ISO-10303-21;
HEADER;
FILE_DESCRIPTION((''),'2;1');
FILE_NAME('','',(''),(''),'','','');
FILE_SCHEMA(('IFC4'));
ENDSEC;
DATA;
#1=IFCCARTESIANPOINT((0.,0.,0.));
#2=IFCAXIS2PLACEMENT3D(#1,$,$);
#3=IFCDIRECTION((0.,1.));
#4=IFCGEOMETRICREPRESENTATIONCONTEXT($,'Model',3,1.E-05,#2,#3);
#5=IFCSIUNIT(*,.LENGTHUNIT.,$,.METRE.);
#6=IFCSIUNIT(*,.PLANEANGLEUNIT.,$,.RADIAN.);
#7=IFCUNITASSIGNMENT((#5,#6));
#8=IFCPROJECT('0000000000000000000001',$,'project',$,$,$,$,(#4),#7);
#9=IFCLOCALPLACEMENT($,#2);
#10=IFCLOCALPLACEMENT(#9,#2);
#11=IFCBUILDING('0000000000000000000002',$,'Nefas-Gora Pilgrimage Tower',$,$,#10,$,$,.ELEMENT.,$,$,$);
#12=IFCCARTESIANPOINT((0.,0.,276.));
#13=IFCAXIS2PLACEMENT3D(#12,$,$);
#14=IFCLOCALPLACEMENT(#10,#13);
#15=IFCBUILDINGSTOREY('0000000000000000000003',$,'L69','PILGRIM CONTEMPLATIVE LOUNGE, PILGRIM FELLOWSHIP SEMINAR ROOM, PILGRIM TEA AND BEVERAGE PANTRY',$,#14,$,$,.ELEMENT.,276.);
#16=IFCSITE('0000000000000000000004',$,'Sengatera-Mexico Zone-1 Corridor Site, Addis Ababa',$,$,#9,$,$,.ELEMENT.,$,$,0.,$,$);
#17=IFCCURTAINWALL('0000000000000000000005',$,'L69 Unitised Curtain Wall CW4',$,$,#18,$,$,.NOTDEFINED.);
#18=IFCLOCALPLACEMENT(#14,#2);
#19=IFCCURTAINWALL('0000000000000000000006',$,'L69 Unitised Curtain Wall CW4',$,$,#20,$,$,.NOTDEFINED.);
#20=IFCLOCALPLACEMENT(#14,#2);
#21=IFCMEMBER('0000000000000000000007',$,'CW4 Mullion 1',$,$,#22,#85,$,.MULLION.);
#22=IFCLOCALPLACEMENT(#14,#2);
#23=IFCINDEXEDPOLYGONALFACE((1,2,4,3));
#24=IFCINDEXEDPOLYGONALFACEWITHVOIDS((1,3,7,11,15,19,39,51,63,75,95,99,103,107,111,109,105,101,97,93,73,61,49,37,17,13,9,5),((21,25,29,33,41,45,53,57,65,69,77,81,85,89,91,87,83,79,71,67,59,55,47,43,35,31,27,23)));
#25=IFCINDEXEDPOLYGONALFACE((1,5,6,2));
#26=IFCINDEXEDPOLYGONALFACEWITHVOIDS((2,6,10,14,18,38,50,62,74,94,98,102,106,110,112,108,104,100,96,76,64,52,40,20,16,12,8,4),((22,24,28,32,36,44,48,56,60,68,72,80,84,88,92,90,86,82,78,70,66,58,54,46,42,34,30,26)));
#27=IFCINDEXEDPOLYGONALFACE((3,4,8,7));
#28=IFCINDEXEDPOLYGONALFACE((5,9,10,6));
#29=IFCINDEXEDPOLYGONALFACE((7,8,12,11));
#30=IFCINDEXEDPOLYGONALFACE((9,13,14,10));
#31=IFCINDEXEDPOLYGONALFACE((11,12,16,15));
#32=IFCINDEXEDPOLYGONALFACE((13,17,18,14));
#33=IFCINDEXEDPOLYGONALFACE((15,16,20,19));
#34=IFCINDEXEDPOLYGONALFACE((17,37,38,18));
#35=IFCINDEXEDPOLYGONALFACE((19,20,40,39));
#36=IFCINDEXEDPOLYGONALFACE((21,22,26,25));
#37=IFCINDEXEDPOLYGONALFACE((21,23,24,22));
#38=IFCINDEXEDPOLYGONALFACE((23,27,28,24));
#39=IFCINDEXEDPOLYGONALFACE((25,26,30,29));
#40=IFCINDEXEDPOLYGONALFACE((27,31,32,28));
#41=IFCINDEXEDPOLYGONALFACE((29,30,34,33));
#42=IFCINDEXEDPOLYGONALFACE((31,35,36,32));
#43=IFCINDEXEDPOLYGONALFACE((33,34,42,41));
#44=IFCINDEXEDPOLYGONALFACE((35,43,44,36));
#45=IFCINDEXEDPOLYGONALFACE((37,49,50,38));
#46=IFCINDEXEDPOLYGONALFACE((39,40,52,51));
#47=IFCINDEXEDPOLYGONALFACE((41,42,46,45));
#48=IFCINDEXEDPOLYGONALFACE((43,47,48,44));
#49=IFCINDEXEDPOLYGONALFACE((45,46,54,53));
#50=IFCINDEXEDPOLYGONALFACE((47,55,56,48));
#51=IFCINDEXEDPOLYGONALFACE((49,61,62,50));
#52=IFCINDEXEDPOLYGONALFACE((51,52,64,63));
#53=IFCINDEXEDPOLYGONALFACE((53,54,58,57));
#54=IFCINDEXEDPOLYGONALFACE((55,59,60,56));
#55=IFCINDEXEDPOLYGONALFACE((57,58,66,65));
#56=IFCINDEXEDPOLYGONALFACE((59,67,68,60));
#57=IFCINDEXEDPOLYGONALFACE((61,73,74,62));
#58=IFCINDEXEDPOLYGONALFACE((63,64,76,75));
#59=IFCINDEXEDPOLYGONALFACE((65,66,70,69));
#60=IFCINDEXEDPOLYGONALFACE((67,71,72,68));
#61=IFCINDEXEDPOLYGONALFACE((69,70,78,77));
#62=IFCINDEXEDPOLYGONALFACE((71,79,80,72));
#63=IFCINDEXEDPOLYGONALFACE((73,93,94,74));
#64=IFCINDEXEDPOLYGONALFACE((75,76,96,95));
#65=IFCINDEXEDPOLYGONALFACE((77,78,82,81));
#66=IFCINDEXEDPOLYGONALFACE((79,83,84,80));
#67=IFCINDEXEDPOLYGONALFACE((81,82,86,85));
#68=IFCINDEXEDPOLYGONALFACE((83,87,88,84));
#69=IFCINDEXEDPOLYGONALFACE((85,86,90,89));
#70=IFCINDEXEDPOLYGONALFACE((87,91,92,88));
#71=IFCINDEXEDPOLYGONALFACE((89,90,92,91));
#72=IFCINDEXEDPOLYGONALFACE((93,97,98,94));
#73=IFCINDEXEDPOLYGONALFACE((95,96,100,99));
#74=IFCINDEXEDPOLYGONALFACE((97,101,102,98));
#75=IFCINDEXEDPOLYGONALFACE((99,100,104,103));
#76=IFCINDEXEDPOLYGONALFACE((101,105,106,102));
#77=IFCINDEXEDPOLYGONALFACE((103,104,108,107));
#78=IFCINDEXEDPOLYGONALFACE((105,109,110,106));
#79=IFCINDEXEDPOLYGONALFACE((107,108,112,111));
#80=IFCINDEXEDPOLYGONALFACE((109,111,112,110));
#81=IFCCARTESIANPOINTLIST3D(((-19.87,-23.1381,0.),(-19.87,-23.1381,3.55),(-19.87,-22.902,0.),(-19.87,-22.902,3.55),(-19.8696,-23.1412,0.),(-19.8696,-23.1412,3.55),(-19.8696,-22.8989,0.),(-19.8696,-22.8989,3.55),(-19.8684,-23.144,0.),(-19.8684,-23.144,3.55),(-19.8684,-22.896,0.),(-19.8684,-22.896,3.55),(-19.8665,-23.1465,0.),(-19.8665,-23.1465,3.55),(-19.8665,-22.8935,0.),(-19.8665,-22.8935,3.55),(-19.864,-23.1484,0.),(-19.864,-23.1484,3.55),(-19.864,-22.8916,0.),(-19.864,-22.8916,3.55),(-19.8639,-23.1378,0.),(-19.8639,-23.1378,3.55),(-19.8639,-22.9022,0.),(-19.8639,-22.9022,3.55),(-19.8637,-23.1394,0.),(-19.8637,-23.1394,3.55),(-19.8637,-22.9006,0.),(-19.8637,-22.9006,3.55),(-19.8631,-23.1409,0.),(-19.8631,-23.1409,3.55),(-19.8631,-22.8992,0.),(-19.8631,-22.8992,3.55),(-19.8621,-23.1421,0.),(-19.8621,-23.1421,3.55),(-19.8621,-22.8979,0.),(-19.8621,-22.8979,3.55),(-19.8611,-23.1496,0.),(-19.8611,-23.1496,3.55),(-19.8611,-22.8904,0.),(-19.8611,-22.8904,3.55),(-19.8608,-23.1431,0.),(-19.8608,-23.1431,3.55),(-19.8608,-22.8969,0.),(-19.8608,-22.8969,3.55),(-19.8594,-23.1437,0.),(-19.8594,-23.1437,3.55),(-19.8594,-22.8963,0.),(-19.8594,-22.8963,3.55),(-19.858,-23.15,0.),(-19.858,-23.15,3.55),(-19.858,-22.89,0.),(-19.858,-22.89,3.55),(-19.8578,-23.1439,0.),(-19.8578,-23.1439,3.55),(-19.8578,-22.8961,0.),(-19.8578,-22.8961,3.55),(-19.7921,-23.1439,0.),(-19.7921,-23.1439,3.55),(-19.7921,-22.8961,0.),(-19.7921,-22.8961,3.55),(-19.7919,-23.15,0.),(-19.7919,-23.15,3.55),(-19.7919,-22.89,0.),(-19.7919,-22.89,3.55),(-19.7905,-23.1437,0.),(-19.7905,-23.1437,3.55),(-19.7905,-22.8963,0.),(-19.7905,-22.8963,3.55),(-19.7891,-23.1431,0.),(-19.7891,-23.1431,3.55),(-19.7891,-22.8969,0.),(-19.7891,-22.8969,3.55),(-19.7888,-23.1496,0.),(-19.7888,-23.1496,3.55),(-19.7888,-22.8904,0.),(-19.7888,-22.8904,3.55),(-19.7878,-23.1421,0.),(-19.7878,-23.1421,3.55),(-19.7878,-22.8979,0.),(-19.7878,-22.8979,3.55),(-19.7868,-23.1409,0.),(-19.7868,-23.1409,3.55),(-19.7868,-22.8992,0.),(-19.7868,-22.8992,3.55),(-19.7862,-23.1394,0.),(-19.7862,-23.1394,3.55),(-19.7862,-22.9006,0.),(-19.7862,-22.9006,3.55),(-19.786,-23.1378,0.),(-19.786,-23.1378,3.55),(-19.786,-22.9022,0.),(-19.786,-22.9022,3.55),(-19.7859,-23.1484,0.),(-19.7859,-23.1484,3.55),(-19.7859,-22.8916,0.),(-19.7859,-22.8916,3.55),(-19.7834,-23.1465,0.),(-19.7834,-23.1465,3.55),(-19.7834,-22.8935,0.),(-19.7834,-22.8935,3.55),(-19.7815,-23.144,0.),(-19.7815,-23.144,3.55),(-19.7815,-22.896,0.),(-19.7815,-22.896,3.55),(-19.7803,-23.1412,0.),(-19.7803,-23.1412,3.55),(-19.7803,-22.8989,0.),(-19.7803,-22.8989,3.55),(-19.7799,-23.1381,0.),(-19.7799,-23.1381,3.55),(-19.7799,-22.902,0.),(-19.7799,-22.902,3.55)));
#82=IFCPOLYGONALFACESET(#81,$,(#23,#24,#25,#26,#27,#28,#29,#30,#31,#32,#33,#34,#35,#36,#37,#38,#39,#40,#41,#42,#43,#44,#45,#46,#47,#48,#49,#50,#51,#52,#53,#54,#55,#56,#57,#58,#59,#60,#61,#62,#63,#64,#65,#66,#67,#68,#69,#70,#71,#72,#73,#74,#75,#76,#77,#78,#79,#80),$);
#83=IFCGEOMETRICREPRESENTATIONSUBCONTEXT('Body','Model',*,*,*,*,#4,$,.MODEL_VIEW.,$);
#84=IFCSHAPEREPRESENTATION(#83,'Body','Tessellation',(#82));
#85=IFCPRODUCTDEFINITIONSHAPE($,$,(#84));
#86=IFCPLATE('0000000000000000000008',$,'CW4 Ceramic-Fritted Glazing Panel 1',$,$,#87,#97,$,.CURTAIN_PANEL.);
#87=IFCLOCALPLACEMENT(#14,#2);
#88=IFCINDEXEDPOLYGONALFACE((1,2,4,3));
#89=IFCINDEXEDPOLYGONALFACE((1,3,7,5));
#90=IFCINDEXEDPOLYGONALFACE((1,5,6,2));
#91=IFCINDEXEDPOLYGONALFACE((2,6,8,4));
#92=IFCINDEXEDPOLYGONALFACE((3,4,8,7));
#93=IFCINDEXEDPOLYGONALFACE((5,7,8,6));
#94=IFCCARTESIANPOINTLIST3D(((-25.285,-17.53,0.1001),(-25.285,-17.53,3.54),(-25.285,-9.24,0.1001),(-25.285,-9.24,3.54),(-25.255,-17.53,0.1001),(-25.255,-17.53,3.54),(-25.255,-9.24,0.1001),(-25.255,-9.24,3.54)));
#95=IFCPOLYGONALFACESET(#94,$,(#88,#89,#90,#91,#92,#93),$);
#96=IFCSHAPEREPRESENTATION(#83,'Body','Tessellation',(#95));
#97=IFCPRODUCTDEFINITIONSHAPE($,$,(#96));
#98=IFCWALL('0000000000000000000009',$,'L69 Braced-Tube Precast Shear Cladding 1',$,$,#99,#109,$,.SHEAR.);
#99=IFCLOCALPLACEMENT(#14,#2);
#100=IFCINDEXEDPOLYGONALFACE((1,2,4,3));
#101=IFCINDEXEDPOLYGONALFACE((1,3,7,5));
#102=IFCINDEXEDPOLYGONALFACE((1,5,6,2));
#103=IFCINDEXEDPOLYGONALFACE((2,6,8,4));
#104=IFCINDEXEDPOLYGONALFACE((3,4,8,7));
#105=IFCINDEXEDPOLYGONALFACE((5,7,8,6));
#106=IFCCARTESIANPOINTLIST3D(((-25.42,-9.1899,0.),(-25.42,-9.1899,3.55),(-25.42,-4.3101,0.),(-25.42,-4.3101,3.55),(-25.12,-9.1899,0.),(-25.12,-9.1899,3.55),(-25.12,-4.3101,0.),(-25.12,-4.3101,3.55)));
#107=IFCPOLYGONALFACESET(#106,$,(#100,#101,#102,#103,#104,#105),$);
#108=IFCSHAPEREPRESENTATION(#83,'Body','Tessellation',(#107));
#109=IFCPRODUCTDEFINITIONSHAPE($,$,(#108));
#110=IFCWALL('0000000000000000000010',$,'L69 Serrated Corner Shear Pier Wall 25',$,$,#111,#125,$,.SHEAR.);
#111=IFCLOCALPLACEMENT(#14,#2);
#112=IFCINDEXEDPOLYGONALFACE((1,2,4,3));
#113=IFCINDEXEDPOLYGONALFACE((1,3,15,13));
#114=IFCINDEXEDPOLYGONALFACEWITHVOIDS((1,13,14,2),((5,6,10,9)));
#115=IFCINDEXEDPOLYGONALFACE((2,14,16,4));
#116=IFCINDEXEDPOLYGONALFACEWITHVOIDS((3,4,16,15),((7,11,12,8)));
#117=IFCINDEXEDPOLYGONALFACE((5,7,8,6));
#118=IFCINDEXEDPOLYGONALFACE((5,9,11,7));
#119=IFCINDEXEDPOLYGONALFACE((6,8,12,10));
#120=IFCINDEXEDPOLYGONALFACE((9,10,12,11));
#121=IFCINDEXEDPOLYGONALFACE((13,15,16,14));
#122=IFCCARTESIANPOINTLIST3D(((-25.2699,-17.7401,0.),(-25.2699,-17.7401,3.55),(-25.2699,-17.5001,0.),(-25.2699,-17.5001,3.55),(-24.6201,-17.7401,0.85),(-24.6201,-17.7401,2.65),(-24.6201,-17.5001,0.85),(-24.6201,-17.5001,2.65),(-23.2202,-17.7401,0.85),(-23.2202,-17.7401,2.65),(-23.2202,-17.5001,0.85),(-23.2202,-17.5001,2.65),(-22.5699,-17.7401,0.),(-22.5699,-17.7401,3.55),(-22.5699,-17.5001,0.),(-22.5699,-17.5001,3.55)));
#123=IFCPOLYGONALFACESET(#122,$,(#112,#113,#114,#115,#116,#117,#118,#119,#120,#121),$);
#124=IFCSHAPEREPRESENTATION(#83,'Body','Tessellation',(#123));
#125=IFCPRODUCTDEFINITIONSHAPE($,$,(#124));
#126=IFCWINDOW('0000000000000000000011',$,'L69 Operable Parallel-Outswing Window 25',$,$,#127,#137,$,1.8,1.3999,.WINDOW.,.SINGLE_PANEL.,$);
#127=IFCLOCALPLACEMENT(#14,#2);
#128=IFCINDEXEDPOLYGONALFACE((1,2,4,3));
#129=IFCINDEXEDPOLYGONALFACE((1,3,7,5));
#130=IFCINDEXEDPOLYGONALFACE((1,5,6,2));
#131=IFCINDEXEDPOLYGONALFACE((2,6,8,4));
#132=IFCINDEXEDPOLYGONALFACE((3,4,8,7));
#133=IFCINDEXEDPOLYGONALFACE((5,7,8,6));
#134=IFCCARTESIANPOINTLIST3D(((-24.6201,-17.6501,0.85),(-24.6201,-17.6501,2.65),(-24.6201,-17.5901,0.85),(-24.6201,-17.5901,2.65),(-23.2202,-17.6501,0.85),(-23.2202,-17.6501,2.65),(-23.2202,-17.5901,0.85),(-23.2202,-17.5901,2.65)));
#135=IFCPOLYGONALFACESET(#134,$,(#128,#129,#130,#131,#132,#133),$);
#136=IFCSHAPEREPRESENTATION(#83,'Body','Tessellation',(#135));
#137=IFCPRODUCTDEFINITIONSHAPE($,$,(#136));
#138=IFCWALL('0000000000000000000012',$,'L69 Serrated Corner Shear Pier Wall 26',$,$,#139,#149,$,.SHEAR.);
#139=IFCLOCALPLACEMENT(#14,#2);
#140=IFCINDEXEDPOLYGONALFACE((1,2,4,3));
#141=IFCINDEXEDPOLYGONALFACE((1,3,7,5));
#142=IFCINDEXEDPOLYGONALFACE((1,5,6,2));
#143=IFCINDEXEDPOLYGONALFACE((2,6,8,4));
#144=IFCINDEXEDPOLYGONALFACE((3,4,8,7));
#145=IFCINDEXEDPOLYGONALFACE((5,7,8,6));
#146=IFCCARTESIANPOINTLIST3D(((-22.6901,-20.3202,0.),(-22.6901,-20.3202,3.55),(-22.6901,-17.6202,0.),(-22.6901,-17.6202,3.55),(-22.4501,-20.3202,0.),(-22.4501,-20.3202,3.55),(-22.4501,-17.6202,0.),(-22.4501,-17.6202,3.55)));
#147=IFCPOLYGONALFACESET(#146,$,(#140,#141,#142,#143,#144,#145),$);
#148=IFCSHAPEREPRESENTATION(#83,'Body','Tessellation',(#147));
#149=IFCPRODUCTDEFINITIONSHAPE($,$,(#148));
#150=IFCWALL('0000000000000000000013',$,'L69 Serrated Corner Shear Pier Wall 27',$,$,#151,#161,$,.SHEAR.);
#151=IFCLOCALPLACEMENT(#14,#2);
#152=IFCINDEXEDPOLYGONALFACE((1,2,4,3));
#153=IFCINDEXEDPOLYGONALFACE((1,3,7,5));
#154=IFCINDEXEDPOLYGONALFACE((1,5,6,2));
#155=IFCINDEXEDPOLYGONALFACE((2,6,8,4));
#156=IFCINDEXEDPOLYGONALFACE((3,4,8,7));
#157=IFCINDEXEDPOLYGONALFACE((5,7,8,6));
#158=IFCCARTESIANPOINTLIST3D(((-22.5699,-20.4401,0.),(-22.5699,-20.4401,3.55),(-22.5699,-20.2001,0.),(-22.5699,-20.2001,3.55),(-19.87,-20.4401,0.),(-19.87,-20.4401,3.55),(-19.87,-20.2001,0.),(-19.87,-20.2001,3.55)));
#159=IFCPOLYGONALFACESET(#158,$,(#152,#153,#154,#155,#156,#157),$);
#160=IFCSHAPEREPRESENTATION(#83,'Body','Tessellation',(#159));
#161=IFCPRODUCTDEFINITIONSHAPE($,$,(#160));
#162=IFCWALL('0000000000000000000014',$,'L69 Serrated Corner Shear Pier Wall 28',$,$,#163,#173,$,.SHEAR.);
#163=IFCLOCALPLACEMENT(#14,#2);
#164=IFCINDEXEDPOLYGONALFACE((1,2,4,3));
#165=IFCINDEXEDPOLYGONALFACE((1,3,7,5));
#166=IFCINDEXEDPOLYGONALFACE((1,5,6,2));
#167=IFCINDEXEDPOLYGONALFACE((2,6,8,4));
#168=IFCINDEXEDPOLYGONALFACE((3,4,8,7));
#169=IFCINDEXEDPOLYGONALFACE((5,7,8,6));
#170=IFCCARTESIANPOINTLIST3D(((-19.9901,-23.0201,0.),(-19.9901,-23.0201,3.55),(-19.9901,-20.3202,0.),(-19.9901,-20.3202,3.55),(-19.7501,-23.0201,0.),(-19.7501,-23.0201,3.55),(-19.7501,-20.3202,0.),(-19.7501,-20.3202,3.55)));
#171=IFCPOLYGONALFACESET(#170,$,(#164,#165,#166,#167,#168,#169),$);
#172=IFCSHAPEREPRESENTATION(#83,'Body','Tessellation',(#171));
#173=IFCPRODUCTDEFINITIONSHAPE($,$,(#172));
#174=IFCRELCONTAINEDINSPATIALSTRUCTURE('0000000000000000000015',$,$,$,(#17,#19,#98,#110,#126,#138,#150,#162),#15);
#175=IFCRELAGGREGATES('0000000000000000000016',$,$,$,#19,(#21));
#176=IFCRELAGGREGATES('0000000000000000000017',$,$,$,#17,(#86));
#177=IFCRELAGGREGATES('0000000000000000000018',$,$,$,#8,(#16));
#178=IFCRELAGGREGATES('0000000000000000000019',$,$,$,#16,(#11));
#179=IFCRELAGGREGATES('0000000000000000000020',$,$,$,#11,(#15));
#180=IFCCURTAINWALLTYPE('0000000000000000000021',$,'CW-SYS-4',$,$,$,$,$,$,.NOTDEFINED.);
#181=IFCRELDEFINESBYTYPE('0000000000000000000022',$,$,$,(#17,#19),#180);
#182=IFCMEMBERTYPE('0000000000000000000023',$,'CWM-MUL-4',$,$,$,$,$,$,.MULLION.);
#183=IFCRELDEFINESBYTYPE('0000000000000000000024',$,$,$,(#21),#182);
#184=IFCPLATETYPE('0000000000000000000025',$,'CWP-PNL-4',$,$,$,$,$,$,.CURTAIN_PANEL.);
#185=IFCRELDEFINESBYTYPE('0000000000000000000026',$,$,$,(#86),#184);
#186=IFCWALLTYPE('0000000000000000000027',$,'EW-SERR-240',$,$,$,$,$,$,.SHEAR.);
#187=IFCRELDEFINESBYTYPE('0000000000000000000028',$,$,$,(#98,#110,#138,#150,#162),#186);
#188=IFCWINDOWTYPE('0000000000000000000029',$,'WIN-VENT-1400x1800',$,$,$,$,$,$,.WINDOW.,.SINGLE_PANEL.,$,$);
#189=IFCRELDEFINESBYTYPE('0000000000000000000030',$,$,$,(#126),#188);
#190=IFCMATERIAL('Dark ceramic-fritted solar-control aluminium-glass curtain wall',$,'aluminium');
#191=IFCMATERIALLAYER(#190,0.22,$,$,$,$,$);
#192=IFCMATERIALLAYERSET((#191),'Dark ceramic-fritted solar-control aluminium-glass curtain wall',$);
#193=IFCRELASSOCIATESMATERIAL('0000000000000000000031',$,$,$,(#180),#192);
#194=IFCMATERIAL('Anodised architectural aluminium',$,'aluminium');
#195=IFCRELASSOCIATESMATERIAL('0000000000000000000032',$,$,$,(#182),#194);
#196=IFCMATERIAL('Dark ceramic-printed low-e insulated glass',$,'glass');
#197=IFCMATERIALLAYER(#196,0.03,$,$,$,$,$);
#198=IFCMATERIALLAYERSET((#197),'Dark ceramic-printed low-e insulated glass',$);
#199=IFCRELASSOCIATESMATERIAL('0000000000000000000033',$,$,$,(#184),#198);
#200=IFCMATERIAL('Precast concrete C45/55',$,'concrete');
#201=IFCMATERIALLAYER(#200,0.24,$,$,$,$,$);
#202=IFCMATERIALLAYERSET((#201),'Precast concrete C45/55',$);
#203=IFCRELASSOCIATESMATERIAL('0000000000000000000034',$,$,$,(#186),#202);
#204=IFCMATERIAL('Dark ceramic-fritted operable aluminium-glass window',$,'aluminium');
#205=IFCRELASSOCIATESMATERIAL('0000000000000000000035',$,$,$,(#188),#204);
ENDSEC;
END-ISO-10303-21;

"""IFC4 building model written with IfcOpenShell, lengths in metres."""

from ifc_helpers import new_model, si_unit, direction, frame, frame_2d, origin, origin_2d, place, context, subcontext, project, spatial, rectangle, hollow_rectangle, extrude, source, transform, mapped, material, layer, layer_set, material_profile, profile_set, type_object, element, fill, aggregate, save


model = new_model("IFC4")

# Units and contexts
model_context = context("Model", 3, precision=1e-05, world=origin(), true_north=direction((0.0, 1.0)))
body_context = subcontext(model_context, "Body", "Model", "MODEL_VIEW")
ifc_project = project(units=[si_unit("LENGTHUNIT", "METRE"), si_unit("PLANEANGLEUNIT", "RADIAN")], contexts=[model_context])

# Site, building, storey
site_placement = place(None, origin())
site = spatial("IfcSite", under=ifc_project, at=site_placement, Name="Sengatera-Mexico Zone-1 Corridor Site, Addis Ababa", CompositionType="ELEMENT", RefElevation=0.0)
building_placement = place(site_placement, origin())
building = spatial("IfcBuilding", under=site, at=building_placement, Name="Nefas-Gora Pilgrimage Tower", CompositionType="ELEMENT")
storey_placement = place(building_placement, frame((0.0, 0.0, 276.0)))
storey = spatial("IfcBuildingStorey", under=building, at=storey_placement, Name="L69", Description="PILGRIM CONTEMPLATIVE LOUNGE, PILGRIM FELLOWSHIP SEMINAR ROOM, PILGRIM TEA AND BEVERAGE PANTRY", CompositionType="ELEMENT", Elevation=276.0)

# Curtain walls
ifc_material_1 = material(Name="Dark ceramic-fritted solar-control aluminium-glass curtain wall", Category="aluminium")
ifc_layer_1 = layer(ifc_material_1, 0.22)
ifc_layer_set_1 = layer_set([ifc_layer_1], Name="Dark ceramic-fritted solar-control aluminium-glass curtain wall")
curtain_wall_type = type_object("IfcCurtainWallType", Name="CW-SYS-4", PredefinedType="NOTDEFINED", material=ifc_layer_set_1)
curtain_wall_1_placement = place(storey_placement, origin())
curtain_wall_1 = element("IfcCurtainWall", 1, at=curtain_wall_1_placement, inside=storey, type_object=curtain_wall_type, Name="L69 Unitised Curtain Wall CW4", PredefinedType="NOTDEFINED")
ifc_material_2 = material(Name="Anodised architectural aluminium", Category="aluminium")
curtain_wall_2_placement = place(storey_placement, origin())
curtain_wall_2 = element("IfcCurtainWall", 2, at=curtain_wall_2_placement, inside=storey, type_object=curtain_wall_type, Name="L69 Unitised Curtain Wall CW4", PredefinedType="NOTDEFINED")

# Member
ifc_material_profile_1 = material_profile(ifc_material_2, hollow_rectangle(XDim=0.0901, YDim=0.26, WallThickness=0.0061, InnerFilletRadius=0.0061, OuterFilletRadius=0.012, at=origin_2d()), Name="ALU MULLION 90x260")
ifc_profile_set_1 = profile_set([ifc_material_profile_1], Name="Anodised architectural aluminium")
member_type_1 = type_object("IfcMemberType", Name="CWM-MUL-4", PredefinedType="MULLION", material=ifc_profile_set_1)
shared_shape_1 = source(origin(), body_context, "Body", "SweptSolid", [
    extrude(hollow_rectangle(XDim=0.0901, YDim=0.26, WallThickness=0.0061, InnerFilletRadius=0.0061, OuterFilletRadius=0.012, at=origin_2d()), origin(), (0.0, 0.0, 1.0), 3.55),
])
member_1_placement = place(storey_placement, frame((-19.825, -23.02, 0.0), z_axis=(0.0, 0.0, 1.0), x_axis=(1.0, 0.0, 0.0)))
member_1 = element("IfcMember", 3, at=member_1_placement, type_object=member_type_1, Name="CW4 Mullion 1", PredefinedType="MULLION", context=body_context, shape_type="MappedRepresentation", body=[
    mapped(shared_shape_1, transform((0.0, 0.0, 0.0), x_axis=(1.0, 0.0, 0.0), y_axis=(0.0, 1.0, 0.0), z_axis=(0.0, 0.0, 1.0), scale=1.0)),
])
aggregate(curtain_wall_2, [member_1])

# Plate
ifc_material_3 = material(Name="Dark ceramic-printed low-e insulated glass", Category="glass")
ifc_layer_2 = layer(ifc_material_3, 0.03)
ifc_layer_set_2 = layer_set([ifc_layer_2], Name="Dark ceramic-printed low-e insulated glass")
plate_type = type_object("IfcPlateType", Name="CWP-PNL-4", PredefinedType="CURTAIN_PANEL", material=ifc_layer_set_2)
shared_shape_2 = source(origin(), body_context, "Body", "SweptSolid", [
    extrude(rectangle(XDim=8.29, YDim=0.03, at=origin_2d()), origin(), (0.0, 0.0, 1.0), 3.4399),
])
plate_placement = place(storey_placement, frame((-25.27, -13.385, 0.1001), z_axis=(0.0, 0.0, 1.0), x_axis=(0.0, -1.0, 0.0)))
plate = element("IfcPlate", 4, at=plate_placement, type_object=plate_type, Name="CW4 Ceramic-Fritted Glazing Panel 1", PredefinedType="CURTAIN_PANEL", context=body_context, shape_type="MappedRepresentation", body=[
    mapped(shared_shape_2, transform((0.0, 0.0, 0.0), x_axis=(1.0, 0.0, 0.0), y_axis=(0.0, 1.0, 0.0), z_axis=(0.0, 0.0, 1.0), scale=1.0)),
])
aggregate(curtain_wall_1, [plate])

# Wall
ifc_material_4 = material(Name="Precast concrete C45/55", Category="concrete")
ifc_layer_3 = layer(ifc_material_4, 0.24)
ifc_layer_set_3 = layer_set([ifc_layer_3], Name="Precast concrete C45/55")
wall_type_1 = type_object("IfcWallType", Name="EW-SERR-240", PredefinedType="SHEAR", material=ifc_layer_set_3)
shared_shape_3 = source(origin(), body_context, "Body", "SweptSolid", [
    extrude(rectangle(XDim=4.8799, YDim=0.3, at=frame_2d((2.4399, 0.0))), origin(), (0.0, 0.0, 1.0), 3.55),
])
wall_1_placement = place(storey_placement, frame((-25.27, -9.1899, 0.0), z_axis=(0.0, 0.0, 1.0), x_axis=(0.0, 1.0, 0.0)))
element("IfcWall", 5, at=wall_1_placement, inside=storey, type_object=wall_type_1, Name="L69 Braced-Tube Precast Shear Cladding 1", PredefinedType="SHEAR", context=body_context, shape_type="MappedRepresentation", body=[
    mapped(shared_shape_3, transform((0.0, 0.0, 0.0), x_axis=(1.0, 0.0, 0.0), y_axis=(0.0, 1.0, 0.0), z_axis=(0.0, 0.0, 1.0), scale=1.0)),
])

# Wall, opening, window
shared_shape_4 = source(origin(), body_context, "Body", "SweptSolid", [
    extrude(rectangle(XDim=2.7, YDim=0.24, at=frame_2d((1.3501, 0.0))), origin(), (0.0, 0.0, 1.0), 3.55),
])
wall_2_placement = place(storey_placement, frame((-25.27, -17.6201, 0.0), z_axis=(0.0, 0.0, 1.0), x_axis=(1.0, 0.0, 0.0)))
wall_2 = element("IfcWall", 6, at=wall_2_placement, inside=storey, type_object=wall_type_1, Name="L69 Serrated Corner Shear Pier Wall 25", PredefinedType="SHEAR", context=body_context, shape_type="MappedRepresentation", body=[
    mapped(shared_shape_4, transform((0.0, 0.0, 0.0), x_axis=(1.0, 0.0, 0.0), y_axis=(0.0, 1.0, 0.0), z_axis=(0.0, 0.0, 1.0), scale=1.0)),
])
opening_1_placement = place(wall_2_placement, frame((0.6499, 0.0, 0.8501)))
opening_1 = element("IfcOpeningElement", 7, at=opening_1_placement, cuts=wall_2, PredefinedType="OPENING", context=body_context, shape_type="SweptSolid", body=[
    extrude(rectangle(XDim=1.3999, YDim=1.8, at=frame_2d((0.7, 0.8999))), frame((0.0, 0.1299, 0.0), z_axis=(0.0, -1.0, 0.0), x_axis=(1.0, 0.0, 0.0)), (0.0, 0.0, 1.0), 0.26),
])
ifc_material_5 = material(Name="Dark ceramic-fritted operable aluminium-glass window", Category="aluminium")
window_type = type_object("IfcWindowType", Name="WIN-VENT-1400x1800", PartitioningType="SINGLE_PANEL", PredefinedType="WINDOW", material=ifc_material_5)
shared_shape_5 = source(origin(), body_context, "Body", "SweptSolid", [
    extrude(rectangle(XDim=1.3999, YDim=1.8, at=frame_2d((0.7, 0.8999))), frame((0.0, 0.03, 0.0), z_axis=(0.0, -1.0, 0.0), x_axis=(1.0, 0.0, 0.0)), (0.0, 0.0, 1.0), 0.0601),
])
window_placement = place(opening_1_placement, origin())
window = element("IfcWindow", 8, at=window_placement, inside=storey, type_object=window_type, Name="L69 Operable Parallel-Outswing Window 25", OverallHeight=1.8, OverallWidth=1.3999, PartitioningType="SINGLE_PANEL", PredefinedType="WINDOW", context=body_context, shape_type="MappedRepresentation", body=[
    mapped(shared_shape_5, transform((0.0, 0.0, 0.0), x_axis=(1.0, 0.0, 0.0), y_axis=(0.0, 1.0, 0.0), z_axis=(0.0, 0.0, 1.0), scale=1.0)),
])
fill(opening_1, window)

# Walls
for number, where, z_axis, x_axis, name in (
    (9, (-22.5701, -17.6201, 0.0), (0.0, 0.0, 1.0), (0.0, -1.0, 0.0), "L69 Serrated Corner Shear Pier Wall 26"),
    (10, (-22.5701, -20.3201, 0.0), (0.0, 0.0, 1.0), (1.0, 0.0, 0.0), "L69 Serrated Corner Shear Pier Wall 27"),
    (11, (-19.8701, -20.3201, 0.0), (0.0, 0.0, 1.0), (0.0, -1.0, 0.0), "L69 Serrated Corner Shear Pier Wall 28"),
):
    element("IfcWall", number, at=place(storey_placement, frame(where, z_axis=z_axis, x_axis=x_axis)), inside=storey, type_object=wall_type_1, Name=name, PredefinedType="SHEAR", context=body_context, shape_type="MappedRepresentation", body=[
        mapped(shared_shape_4, transform((0.0, 0.0, 0.0), x_axis=(1.0, 0.0, 0.0), y_axis=(0.0, 1.0, 0.0), z_axis=(0.0, 0.0, 1.0), scale=1.0)),
    ])

save(model, "model.ifc")
